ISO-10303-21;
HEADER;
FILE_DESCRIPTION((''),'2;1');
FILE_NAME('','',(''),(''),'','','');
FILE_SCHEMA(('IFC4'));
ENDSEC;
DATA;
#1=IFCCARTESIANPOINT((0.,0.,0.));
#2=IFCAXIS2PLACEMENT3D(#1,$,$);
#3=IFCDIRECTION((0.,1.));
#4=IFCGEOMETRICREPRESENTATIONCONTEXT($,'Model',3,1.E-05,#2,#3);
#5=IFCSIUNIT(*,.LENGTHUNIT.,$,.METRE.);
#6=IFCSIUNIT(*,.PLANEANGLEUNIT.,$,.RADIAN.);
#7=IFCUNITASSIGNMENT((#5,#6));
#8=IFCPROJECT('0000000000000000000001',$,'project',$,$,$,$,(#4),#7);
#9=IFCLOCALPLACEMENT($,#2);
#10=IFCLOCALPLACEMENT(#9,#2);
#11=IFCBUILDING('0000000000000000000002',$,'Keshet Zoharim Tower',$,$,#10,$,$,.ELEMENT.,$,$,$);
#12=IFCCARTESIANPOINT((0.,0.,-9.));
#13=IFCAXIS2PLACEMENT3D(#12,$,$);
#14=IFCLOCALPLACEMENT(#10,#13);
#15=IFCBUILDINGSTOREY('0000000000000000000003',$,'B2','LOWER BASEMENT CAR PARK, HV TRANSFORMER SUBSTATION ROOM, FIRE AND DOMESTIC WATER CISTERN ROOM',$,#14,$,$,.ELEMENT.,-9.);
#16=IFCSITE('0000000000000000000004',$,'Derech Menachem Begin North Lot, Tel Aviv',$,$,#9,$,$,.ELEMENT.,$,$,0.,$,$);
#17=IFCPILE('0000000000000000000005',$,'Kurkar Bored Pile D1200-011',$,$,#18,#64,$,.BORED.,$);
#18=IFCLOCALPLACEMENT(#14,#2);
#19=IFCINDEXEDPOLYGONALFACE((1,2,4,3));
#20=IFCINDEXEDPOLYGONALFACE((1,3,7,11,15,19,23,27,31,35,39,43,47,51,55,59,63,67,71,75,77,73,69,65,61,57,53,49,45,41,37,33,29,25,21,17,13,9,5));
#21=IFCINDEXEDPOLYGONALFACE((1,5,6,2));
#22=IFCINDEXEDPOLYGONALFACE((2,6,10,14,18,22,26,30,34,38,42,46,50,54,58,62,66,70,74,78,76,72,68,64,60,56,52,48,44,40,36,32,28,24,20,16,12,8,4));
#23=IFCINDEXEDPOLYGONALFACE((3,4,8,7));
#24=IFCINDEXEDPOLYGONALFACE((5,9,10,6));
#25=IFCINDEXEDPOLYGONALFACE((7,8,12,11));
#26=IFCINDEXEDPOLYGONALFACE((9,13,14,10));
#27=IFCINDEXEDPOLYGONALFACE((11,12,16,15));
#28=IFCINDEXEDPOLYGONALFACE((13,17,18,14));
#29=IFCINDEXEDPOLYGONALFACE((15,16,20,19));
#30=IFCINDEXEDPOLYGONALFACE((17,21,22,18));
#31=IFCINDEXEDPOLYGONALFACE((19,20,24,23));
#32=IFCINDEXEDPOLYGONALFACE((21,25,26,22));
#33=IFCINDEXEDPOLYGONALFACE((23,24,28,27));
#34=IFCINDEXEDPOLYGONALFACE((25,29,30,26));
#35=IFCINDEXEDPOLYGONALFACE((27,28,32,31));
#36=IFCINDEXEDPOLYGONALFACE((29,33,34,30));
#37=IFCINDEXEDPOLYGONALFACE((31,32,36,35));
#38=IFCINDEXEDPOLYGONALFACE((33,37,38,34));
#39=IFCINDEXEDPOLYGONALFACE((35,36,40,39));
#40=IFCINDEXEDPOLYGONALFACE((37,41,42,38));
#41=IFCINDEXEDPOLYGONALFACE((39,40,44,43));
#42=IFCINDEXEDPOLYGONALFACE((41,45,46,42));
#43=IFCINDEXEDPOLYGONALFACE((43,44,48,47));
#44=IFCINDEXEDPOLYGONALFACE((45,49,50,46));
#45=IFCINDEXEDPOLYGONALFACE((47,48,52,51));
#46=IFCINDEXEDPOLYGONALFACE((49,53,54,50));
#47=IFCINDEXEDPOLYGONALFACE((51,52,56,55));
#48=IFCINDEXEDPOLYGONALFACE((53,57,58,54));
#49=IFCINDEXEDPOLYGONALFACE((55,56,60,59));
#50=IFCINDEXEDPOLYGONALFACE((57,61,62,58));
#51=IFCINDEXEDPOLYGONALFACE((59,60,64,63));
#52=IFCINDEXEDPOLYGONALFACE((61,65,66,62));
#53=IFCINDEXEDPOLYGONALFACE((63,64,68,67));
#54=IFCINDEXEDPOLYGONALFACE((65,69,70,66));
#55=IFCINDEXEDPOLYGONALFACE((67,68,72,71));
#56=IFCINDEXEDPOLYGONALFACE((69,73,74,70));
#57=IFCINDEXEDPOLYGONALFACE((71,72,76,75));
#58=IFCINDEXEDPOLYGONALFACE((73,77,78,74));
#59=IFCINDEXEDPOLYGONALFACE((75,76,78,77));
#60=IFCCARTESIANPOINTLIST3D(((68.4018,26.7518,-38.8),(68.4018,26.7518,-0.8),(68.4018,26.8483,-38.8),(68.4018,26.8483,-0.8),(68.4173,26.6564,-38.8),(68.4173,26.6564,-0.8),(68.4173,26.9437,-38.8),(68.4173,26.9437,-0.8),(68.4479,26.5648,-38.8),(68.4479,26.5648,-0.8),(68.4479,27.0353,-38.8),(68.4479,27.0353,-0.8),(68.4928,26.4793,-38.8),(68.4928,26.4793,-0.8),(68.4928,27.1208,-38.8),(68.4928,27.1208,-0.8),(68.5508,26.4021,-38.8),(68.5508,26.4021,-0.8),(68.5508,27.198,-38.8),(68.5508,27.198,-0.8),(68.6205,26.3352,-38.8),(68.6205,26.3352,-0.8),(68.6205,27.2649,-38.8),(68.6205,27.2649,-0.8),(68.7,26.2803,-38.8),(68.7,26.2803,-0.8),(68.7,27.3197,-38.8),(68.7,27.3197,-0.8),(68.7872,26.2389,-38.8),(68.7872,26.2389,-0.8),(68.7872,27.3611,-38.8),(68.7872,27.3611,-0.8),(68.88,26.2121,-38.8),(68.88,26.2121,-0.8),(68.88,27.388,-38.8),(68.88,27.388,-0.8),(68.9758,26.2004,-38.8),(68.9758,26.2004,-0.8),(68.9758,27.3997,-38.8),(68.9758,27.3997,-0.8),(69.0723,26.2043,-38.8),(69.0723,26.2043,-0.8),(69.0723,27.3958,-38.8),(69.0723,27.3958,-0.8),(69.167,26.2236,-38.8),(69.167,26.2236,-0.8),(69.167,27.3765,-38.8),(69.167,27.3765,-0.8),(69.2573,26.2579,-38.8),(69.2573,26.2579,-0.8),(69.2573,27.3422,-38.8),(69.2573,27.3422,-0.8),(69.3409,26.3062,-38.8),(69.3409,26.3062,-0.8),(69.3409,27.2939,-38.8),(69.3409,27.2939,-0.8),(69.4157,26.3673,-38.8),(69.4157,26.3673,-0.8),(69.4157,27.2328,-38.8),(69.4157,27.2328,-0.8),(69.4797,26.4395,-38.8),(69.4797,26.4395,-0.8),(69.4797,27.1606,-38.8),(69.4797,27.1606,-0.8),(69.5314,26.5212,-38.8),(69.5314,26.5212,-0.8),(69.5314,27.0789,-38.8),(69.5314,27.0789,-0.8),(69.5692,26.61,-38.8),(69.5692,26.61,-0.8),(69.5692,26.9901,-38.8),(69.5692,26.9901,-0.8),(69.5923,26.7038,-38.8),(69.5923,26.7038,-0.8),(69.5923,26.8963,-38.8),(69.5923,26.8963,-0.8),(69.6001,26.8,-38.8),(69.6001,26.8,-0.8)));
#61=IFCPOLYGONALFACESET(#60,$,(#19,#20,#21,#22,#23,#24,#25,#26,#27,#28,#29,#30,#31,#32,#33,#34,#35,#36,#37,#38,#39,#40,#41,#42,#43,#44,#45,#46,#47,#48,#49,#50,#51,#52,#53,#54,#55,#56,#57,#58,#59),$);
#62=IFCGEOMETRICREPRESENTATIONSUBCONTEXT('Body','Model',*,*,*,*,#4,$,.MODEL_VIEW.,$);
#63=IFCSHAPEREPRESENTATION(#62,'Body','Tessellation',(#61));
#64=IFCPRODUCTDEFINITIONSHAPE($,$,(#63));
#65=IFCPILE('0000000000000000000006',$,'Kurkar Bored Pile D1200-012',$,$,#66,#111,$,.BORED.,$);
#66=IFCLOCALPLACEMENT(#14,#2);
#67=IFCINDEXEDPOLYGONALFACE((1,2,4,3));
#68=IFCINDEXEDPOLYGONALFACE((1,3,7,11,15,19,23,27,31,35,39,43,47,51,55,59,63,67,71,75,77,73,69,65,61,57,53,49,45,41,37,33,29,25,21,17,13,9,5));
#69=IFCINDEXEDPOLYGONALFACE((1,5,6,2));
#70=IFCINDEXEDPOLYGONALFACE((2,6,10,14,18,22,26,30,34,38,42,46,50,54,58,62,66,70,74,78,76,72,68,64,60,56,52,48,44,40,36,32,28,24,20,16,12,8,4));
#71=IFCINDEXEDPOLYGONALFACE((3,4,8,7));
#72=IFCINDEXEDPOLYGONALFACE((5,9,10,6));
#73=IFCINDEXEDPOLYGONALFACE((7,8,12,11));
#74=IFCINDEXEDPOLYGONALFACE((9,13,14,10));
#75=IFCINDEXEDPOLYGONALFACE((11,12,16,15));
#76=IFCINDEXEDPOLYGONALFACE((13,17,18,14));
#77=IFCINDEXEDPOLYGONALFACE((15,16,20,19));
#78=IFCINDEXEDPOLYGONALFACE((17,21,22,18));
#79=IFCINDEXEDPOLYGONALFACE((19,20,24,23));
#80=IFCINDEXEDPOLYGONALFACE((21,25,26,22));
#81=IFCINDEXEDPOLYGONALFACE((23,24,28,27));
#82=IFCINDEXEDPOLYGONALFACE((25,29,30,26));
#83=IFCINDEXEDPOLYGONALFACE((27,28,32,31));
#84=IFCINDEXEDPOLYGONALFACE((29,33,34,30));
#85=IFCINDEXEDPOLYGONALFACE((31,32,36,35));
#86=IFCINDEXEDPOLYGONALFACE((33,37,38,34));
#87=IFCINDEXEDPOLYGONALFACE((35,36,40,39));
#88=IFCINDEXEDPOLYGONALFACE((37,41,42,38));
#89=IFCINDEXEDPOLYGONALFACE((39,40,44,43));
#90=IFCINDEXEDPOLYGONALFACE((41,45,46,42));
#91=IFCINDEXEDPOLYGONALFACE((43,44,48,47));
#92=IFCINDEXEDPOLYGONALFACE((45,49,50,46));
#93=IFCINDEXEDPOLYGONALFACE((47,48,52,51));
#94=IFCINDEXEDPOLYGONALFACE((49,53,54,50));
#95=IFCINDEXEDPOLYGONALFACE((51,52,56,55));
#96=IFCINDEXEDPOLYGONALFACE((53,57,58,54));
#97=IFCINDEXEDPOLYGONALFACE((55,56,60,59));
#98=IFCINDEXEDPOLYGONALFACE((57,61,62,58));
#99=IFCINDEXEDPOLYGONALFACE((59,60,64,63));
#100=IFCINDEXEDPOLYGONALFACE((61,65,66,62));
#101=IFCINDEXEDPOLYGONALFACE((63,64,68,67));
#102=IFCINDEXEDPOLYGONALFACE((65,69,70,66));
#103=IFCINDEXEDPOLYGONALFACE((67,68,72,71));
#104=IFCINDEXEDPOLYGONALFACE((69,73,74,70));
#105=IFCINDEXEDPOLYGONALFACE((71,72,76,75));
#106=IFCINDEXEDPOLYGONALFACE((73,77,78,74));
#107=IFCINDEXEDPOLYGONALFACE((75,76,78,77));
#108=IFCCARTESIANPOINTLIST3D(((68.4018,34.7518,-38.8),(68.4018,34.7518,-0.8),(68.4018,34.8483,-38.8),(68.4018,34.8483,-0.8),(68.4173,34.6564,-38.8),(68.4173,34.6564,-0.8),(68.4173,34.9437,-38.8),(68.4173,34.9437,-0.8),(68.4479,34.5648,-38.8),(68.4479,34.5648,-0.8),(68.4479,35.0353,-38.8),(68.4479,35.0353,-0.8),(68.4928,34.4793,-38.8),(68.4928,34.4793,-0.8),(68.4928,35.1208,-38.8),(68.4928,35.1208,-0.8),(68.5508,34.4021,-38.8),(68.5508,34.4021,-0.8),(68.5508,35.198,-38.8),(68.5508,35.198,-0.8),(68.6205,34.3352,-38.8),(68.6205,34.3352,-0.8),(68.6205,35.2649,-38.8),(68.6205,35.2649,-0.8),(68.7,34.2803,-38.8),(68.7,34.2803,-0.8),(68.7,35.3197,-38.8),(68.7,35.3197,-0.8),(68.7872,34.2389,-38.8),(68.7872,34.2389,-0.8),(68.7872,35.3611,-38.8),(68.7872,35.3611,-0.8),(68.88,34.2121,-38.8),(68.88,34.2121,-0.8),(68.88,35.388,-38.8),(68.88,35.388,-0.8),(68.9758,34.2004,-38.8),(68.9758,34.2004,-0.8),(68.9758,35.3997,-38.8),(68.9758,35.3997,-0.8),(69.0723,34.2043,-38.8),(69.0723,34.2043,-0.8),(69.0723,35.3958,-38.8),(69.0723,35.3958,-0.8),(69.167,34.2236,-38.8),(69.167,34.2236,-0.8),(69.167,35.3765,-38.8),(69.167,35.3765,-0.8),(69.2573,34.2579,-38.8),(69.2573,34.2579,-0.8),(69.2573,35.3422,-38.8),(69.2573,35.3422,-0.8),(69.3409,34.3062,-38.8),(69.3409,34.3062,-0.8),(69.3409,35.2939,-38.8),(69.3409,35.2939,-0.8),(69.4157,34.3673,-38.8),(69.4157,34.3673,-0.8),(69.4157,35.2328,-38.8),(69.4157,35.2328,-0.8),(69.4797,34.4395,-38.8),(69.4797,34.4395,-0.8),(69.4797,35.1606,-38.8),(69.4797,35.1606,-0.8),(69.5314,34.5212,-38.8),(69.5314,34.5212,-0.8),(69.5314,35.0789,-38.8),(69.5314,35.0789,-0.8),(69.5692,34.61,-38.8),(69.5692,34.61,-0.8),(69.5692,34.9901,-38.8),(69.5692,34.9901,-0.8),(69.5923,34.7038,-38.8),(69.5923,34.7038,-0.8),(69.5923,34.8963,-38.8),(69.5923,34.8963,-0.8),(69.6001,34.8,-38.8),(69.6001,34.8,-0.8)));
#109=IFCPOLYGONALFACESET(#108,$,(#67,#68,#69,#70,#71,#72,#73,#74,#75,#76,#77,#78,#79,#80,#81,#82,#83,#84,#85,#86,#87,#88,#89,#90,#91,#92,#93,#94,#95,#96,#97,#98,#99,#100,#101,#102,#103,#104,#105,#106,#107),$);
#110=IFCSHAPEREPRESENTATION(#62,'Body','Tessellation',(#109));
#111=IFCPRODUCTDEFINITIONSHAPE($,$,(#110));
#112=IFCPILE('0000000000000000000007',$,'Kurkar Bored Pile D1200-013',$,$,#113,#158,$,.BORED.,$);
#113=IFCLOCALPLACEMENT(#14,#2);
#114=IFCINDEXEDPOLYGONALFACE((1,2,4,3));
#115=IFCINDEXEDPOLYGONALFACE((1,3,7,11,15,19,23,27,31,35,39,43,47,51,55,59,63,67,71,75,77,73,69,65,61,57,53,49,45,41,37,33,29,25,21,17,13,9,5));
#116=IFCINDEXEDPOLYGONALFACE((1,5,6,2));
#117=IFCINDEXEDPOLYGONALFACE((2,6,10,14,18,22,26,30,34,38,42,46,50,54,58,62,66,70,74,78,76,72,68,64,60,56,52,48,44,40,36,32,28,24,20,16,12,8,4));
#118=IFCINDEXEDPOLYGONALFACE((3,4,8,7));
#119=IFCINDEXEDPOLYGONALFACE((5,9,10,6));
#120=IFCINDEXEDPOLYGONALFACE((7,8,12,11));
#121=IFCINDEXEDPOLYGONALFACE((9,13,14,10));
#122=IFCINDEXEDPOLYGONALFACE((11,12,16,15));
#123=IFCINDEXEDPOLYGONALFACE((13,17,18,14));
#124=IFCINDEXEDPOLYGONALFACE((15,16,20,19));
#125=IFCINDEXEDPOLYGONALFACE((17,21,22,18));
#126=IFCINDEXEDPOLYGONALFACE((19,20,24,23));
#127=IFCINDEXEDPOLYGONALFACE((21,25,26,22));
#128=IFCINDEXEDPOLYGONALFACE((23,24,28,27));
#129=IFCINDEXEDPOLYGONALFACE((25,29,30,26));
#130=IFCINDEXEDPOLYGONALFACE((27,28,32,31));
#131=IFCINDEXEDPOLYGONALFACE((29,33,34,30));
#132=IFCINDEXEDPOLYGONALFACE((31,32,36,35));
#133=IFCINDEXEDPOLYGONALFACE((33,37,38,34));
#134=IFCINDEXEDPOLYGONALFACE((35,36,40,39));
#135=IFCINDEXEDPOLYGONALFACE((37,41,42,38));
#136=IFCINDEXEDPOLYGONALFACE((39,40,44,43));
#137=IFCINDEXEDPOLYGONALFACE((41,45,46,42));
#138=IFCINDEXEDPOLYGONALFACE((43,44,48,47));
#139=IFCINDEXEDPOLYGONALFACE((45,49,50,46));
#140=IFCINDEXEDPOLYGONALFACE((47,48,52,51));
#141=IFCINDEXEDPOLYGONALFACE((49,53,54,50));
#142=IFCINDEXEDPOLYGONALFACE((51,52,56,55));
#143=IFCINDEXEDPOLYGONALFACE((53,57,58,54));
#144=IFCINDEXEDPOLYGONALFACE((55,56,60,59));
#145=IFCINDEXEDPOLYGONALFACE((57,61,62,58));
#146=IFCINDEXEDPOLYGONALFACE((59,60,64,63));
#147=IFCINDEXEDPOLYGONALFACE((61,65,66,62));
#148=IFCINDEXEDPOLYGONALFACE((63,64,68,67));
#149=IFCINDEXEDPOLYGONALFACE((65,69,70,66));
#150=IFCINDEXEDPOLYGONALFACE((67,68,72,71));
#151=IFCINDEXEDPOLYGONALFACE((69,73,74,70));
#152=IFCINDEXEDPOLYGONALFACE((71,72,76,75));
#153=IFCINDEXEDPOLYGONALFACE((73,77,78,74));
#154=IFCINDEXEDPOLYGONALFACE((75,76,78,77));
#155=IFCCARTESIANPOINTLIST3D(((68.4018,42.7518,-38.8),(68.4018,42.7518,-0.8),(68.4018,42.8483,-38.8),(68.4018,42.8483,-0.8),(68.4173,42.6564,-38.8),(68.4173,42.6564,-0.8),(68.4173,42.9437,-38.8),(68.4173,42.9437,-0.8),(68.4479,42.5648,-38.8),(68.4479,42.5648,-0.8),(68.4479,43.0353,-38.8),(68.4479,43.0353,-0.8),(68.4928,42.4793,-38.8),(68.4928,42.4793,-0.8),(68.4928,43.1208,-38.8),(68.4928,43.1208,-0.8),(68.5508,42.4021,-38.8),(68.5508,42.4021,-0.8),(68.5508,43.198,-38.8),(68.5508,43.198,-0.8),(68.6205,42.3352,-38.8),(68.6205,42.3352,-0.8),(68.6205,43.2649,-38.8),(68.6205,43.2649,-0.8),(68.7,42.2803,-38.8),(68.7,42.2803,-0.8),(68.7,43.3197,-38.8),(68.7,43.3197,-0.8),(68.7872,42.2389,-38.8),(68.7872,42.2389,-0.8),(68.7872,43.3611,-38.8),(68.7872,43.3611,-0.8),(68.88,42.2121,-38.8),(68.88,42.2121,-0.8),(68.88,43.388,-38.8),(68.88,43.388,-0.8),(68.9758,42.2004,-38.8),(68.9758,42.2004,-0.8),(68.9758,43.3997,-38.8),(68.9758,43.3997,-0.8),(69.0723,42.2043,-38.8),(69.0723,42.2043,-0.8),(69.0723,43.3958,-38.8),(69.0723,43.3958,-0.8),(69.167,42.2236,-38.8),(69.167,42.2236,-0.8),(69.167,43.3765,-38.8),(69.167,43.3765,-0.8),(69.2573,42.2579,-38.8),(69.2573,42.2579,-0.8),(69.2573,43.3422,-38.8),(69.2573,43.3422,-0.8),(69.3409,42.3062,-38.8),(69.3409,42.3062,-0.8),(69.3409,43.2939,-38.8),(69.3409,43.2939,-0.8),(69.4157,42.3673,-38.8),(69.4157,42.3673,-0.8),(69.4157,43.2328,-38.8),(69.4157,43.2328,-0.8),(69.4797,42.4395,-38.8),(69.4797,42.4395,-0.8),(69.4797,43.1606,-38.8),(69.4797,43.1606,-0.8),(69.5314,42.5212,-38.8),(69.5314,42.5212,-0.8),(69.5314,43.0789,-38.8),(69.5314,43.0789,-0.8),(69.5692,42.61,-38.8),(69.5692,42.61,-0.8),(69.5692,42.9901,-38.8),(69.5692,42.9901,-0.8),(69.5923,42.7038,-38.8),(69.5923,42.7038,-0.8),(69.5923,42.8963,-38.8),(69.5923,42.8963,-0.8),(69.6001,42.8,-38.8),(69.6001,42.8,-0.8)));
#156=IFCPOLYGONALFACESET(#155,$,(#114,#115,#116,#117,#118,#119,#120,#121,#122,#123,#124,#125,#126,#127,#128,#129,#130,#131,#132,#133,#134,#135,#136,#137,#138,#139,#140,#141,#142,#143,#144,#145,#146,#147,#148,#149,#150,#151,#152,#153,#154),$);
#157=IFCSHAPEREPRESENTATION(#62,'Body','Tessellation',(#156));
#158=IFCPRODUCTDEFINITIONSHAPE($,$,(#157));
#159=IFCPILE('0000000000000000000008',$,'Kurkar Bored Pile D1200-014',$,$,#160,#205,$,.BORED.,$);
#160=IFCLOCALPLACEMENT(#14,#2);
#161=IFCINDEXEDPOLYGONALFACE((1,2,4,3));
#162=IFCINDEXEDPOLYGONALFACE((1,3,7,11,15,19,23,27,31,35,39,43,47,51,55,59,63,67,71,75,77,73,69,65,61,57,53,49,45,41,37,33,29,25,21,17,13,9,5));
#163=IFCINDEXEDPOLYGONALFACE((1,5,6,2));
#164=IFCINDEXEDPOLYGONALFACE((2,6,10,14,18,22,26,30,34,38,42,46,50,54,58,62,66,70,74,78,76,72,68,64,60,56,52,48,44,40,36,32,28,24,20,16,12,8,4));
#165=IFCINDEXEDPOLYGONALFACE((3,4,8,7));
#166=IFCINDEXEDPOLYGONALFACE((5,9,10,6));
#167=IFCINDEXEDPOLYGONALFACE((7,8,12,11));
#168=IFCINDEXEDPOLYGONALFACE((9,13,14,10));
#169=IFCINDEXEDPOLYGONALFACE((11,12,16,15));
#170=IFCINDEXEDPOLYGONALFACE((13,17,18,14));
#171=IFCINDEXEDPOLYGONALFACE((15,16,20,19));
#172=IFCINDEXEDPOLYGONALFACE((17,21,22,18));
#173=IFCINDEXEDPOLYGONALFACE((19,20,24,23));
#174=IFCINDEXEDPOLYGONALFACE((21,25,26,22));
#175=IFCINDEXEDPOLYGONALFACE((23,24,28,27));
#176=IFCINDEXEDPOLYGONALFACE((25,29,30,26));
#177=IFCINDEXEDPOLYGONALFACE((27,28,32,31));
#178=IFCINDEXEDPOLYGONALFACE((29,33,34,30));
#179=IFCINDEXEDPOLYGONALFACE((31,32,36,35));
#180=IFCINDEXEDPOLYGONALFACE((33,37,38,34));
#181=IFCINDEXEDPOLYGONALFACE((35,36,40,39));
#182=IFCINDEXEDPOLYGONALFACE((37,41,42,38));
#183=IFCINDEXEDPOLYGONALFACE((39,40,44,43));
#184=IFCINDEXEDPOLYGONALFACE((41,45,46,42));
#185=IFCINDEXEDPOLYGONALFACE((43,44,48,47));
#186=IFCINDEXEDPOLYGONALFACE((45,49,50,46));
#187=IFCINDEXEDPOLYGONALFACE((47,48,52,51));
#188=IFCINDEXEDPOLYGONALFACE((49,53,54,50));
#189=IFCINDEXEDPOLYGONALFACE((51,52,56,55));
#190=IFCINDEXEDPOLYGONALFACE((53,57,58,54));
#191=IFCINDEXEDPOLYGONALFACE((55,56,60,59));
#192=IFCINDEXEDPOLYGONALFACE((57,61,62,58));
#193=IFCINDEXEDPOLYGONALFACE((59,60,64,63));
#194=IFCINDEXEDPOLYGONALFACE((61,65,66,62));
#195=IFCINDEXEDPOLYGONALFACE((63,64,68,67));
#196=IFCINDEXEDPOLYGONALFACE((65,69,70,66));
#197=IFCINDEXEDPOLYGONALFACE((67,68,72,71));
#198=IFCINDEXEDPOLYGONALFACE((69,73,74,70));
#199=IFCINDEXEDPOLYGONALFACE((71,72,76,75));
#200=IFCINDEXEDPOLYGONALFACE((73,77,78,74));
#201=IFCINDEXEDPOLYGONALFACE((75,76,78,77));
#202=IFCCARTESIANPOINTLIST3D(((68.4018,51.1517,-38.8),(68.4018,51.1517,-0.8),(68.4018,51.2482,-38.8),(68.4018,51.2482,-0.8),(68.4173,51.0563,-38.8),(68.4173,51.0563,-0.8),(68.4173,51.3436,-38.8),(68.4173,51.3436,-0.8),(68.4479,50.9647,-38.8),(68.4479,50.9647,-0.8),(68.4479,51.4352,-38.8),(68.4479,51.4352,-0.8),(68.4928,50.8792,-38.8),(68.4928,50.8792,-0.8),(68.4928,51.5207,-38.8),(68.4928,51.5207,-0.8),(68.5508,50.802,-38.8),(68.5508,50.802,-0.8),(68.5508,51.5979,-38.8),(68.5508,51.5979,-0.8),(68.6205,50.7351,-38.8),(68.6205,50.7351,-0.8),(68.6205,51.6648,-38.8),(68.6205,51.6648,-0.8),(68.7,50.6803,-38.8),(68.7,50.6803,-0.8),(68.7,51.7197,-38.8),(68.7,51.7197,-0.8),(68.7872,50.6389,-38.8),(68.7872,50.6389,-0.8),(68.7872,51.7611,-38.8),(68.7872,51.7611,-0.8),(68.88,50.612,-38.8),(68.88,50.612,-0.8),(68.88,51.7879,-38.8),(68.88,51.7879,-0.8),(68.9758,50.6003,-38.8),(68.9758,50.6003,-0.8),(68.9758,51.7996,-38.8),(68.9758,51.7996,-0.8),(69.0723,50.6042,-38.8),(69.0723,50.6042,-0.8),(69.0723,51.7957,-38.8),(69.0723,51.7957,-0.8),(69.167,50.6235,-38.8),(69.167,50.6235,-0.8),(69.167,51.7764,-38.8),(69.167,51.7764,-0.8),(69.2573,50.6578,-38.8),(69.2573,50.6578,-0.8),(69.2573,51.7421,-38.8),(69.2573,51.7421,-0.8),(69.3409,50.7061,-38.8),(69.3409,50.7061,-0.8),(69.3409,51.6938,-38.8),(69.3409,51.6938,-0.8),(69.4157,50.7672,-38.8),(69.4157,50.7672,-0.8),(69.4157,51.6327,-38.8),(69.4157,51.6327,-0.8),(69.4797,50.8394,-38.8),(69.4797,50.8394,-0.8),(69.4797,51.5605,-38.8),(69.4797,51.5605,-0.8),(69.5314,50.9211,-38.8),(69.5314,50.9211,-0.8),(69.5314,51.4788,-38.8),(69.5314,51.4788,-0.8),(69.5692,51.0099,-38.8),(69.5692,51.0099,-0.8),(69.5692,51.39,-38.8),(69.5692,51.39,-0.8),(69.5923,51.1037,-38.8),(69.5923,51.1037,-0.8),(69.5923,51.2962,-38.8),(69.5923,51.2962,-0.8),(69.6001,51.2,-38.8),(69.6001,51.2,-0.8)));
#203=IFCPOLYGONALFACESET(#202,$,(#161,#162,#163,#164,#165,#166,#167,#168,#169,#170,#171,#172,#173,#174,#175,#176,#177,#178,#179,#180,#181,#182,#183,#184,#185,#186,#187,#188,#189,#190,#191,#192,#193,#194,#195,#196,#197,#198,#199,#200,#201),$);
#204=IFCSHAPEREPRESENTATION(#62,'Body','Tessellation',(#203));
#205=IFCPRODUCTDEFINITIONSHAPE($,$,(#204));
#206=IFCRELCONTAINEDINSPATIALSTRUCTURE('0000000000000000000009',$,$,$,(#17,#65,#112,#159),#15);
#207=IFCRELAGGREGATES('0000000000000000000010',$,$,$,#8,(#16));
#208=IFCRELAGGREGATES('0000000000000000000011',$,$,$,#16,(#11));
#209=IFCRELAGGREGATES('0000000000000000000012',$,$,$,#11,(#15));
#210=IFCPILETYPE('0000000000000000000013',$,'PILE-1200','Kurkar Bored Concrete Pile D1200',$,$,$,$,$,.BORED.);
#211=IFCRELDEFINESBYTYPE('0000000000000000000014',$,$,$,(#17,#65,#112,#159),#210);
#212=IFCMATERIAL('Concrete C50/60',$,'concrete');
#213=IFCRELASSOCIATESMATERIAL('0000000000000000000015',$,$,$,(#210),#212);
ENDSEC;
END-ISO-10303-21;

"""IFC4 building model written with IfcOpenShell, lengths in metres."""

from ifc_helpers import new_model, si_unit, direction, frame, origin, origin_2d, place, context, subcontext, project, spatial, circle, extrude, material, material_profile, profile_set, type_object, element, save


model = new_model("IFC4")

# Units and contexts
model_context = context("Model", 3, precision=1e-05, world=origin(), true_north=direction((0.0, 1.0)))
body_context = subcontext(model_context, "Body", "Model", "MODEL_VIEW")
ifc_project = project(units=[si_unit("LENGTHUNIT", "METRE"), si_unit("PLANEANGLEUNIT", "RADIAN")], contexts=[model_context])

# Site, building, storey
site_placement = place(None, origin())
site = spatial("IfcSite", under=ifc_project, at=site_placement, Name="Derech Menachem Begin North Lot, Tel Aviv", CompositionType="ELEMENT", RefElevation=0.0)
building_placement = place(site_placement, origin())
building = spatial("IfcBuilding", under=site, at=building_placement, Name="Keshet Zoharim Tower", CompositionType="ELEMENT")
storey_placement = place(building_placement, frame((0.0, 0.0, -9.0)))
storey = spatial("IfcBuildingStorey", under=building, at=storey_placement, Name="B2", Description="LOWER BASEMENT CAR PARK, HV TRANSFORMER SUBSTATION ROOM, FIRE AND DOMESTIC WATER CISTERN ROOM", CompositionType="ELEMENT", Elevation=-9.0)

# Piles
ifc_material_1 = material(Name="Concrete C50/60", Category="concrete")
ifc_material_profile_1 = material_profile(ifc_material_1, circle(Radius=0.6001, at=origin_2d()), Name="PILE-D1200")
ifc_profile_set_1 = profile_set([ifc_material_profile_1], Name="Concrete C50/60")
pile_type = type_object("IfcPileType", Name="PILE-1200", Description="Kurkar Bored Concrete Pile D1200", PredefinedType="BORED", material=ifc_profile_set_1)
for number, where, z_axis, x_axis, name in (
    (1, (69.0, 26.8, -0.8), (0.0, 0.0, -1.0), (1.0, 0.0, 0.0), "Kurkar Bored Pile D1200-011"),
    (2, (69.0, 34.8, -0.8), (0.0, 0.0, -1.0), (1.0, 0.0, 0.0), "Kurkar Bored Pile D1200-012"),
    (3, (69.0, 42.8, -0.8), (0.0, 0.0, -1.0), (1.0, 0.0, 0.0), "Kurkar Bored Pile D1200-013"),
    (4, (69.0, 51.2, -0.8), (0.0, 0.0, -1.0), (1.0, 0.0, 0.0), "Kurkar Bored Pile D1200-014"),
):
    element("IfcPile", number, at=place(storey_placement, frame(where, z_axis=z_axis, x_axis=x_axis)), inside=storey, type_object=pile_type, Name=name, PredefinedType="BORED", context=body_context, shape_type="SweptSolid", body=[
        extrude(circle(Radius=0.6001, at=origin_2d()), origin(), (0.0, 0.0, 1.0), 38.0),
    ])

save(model, "model.ifc")
